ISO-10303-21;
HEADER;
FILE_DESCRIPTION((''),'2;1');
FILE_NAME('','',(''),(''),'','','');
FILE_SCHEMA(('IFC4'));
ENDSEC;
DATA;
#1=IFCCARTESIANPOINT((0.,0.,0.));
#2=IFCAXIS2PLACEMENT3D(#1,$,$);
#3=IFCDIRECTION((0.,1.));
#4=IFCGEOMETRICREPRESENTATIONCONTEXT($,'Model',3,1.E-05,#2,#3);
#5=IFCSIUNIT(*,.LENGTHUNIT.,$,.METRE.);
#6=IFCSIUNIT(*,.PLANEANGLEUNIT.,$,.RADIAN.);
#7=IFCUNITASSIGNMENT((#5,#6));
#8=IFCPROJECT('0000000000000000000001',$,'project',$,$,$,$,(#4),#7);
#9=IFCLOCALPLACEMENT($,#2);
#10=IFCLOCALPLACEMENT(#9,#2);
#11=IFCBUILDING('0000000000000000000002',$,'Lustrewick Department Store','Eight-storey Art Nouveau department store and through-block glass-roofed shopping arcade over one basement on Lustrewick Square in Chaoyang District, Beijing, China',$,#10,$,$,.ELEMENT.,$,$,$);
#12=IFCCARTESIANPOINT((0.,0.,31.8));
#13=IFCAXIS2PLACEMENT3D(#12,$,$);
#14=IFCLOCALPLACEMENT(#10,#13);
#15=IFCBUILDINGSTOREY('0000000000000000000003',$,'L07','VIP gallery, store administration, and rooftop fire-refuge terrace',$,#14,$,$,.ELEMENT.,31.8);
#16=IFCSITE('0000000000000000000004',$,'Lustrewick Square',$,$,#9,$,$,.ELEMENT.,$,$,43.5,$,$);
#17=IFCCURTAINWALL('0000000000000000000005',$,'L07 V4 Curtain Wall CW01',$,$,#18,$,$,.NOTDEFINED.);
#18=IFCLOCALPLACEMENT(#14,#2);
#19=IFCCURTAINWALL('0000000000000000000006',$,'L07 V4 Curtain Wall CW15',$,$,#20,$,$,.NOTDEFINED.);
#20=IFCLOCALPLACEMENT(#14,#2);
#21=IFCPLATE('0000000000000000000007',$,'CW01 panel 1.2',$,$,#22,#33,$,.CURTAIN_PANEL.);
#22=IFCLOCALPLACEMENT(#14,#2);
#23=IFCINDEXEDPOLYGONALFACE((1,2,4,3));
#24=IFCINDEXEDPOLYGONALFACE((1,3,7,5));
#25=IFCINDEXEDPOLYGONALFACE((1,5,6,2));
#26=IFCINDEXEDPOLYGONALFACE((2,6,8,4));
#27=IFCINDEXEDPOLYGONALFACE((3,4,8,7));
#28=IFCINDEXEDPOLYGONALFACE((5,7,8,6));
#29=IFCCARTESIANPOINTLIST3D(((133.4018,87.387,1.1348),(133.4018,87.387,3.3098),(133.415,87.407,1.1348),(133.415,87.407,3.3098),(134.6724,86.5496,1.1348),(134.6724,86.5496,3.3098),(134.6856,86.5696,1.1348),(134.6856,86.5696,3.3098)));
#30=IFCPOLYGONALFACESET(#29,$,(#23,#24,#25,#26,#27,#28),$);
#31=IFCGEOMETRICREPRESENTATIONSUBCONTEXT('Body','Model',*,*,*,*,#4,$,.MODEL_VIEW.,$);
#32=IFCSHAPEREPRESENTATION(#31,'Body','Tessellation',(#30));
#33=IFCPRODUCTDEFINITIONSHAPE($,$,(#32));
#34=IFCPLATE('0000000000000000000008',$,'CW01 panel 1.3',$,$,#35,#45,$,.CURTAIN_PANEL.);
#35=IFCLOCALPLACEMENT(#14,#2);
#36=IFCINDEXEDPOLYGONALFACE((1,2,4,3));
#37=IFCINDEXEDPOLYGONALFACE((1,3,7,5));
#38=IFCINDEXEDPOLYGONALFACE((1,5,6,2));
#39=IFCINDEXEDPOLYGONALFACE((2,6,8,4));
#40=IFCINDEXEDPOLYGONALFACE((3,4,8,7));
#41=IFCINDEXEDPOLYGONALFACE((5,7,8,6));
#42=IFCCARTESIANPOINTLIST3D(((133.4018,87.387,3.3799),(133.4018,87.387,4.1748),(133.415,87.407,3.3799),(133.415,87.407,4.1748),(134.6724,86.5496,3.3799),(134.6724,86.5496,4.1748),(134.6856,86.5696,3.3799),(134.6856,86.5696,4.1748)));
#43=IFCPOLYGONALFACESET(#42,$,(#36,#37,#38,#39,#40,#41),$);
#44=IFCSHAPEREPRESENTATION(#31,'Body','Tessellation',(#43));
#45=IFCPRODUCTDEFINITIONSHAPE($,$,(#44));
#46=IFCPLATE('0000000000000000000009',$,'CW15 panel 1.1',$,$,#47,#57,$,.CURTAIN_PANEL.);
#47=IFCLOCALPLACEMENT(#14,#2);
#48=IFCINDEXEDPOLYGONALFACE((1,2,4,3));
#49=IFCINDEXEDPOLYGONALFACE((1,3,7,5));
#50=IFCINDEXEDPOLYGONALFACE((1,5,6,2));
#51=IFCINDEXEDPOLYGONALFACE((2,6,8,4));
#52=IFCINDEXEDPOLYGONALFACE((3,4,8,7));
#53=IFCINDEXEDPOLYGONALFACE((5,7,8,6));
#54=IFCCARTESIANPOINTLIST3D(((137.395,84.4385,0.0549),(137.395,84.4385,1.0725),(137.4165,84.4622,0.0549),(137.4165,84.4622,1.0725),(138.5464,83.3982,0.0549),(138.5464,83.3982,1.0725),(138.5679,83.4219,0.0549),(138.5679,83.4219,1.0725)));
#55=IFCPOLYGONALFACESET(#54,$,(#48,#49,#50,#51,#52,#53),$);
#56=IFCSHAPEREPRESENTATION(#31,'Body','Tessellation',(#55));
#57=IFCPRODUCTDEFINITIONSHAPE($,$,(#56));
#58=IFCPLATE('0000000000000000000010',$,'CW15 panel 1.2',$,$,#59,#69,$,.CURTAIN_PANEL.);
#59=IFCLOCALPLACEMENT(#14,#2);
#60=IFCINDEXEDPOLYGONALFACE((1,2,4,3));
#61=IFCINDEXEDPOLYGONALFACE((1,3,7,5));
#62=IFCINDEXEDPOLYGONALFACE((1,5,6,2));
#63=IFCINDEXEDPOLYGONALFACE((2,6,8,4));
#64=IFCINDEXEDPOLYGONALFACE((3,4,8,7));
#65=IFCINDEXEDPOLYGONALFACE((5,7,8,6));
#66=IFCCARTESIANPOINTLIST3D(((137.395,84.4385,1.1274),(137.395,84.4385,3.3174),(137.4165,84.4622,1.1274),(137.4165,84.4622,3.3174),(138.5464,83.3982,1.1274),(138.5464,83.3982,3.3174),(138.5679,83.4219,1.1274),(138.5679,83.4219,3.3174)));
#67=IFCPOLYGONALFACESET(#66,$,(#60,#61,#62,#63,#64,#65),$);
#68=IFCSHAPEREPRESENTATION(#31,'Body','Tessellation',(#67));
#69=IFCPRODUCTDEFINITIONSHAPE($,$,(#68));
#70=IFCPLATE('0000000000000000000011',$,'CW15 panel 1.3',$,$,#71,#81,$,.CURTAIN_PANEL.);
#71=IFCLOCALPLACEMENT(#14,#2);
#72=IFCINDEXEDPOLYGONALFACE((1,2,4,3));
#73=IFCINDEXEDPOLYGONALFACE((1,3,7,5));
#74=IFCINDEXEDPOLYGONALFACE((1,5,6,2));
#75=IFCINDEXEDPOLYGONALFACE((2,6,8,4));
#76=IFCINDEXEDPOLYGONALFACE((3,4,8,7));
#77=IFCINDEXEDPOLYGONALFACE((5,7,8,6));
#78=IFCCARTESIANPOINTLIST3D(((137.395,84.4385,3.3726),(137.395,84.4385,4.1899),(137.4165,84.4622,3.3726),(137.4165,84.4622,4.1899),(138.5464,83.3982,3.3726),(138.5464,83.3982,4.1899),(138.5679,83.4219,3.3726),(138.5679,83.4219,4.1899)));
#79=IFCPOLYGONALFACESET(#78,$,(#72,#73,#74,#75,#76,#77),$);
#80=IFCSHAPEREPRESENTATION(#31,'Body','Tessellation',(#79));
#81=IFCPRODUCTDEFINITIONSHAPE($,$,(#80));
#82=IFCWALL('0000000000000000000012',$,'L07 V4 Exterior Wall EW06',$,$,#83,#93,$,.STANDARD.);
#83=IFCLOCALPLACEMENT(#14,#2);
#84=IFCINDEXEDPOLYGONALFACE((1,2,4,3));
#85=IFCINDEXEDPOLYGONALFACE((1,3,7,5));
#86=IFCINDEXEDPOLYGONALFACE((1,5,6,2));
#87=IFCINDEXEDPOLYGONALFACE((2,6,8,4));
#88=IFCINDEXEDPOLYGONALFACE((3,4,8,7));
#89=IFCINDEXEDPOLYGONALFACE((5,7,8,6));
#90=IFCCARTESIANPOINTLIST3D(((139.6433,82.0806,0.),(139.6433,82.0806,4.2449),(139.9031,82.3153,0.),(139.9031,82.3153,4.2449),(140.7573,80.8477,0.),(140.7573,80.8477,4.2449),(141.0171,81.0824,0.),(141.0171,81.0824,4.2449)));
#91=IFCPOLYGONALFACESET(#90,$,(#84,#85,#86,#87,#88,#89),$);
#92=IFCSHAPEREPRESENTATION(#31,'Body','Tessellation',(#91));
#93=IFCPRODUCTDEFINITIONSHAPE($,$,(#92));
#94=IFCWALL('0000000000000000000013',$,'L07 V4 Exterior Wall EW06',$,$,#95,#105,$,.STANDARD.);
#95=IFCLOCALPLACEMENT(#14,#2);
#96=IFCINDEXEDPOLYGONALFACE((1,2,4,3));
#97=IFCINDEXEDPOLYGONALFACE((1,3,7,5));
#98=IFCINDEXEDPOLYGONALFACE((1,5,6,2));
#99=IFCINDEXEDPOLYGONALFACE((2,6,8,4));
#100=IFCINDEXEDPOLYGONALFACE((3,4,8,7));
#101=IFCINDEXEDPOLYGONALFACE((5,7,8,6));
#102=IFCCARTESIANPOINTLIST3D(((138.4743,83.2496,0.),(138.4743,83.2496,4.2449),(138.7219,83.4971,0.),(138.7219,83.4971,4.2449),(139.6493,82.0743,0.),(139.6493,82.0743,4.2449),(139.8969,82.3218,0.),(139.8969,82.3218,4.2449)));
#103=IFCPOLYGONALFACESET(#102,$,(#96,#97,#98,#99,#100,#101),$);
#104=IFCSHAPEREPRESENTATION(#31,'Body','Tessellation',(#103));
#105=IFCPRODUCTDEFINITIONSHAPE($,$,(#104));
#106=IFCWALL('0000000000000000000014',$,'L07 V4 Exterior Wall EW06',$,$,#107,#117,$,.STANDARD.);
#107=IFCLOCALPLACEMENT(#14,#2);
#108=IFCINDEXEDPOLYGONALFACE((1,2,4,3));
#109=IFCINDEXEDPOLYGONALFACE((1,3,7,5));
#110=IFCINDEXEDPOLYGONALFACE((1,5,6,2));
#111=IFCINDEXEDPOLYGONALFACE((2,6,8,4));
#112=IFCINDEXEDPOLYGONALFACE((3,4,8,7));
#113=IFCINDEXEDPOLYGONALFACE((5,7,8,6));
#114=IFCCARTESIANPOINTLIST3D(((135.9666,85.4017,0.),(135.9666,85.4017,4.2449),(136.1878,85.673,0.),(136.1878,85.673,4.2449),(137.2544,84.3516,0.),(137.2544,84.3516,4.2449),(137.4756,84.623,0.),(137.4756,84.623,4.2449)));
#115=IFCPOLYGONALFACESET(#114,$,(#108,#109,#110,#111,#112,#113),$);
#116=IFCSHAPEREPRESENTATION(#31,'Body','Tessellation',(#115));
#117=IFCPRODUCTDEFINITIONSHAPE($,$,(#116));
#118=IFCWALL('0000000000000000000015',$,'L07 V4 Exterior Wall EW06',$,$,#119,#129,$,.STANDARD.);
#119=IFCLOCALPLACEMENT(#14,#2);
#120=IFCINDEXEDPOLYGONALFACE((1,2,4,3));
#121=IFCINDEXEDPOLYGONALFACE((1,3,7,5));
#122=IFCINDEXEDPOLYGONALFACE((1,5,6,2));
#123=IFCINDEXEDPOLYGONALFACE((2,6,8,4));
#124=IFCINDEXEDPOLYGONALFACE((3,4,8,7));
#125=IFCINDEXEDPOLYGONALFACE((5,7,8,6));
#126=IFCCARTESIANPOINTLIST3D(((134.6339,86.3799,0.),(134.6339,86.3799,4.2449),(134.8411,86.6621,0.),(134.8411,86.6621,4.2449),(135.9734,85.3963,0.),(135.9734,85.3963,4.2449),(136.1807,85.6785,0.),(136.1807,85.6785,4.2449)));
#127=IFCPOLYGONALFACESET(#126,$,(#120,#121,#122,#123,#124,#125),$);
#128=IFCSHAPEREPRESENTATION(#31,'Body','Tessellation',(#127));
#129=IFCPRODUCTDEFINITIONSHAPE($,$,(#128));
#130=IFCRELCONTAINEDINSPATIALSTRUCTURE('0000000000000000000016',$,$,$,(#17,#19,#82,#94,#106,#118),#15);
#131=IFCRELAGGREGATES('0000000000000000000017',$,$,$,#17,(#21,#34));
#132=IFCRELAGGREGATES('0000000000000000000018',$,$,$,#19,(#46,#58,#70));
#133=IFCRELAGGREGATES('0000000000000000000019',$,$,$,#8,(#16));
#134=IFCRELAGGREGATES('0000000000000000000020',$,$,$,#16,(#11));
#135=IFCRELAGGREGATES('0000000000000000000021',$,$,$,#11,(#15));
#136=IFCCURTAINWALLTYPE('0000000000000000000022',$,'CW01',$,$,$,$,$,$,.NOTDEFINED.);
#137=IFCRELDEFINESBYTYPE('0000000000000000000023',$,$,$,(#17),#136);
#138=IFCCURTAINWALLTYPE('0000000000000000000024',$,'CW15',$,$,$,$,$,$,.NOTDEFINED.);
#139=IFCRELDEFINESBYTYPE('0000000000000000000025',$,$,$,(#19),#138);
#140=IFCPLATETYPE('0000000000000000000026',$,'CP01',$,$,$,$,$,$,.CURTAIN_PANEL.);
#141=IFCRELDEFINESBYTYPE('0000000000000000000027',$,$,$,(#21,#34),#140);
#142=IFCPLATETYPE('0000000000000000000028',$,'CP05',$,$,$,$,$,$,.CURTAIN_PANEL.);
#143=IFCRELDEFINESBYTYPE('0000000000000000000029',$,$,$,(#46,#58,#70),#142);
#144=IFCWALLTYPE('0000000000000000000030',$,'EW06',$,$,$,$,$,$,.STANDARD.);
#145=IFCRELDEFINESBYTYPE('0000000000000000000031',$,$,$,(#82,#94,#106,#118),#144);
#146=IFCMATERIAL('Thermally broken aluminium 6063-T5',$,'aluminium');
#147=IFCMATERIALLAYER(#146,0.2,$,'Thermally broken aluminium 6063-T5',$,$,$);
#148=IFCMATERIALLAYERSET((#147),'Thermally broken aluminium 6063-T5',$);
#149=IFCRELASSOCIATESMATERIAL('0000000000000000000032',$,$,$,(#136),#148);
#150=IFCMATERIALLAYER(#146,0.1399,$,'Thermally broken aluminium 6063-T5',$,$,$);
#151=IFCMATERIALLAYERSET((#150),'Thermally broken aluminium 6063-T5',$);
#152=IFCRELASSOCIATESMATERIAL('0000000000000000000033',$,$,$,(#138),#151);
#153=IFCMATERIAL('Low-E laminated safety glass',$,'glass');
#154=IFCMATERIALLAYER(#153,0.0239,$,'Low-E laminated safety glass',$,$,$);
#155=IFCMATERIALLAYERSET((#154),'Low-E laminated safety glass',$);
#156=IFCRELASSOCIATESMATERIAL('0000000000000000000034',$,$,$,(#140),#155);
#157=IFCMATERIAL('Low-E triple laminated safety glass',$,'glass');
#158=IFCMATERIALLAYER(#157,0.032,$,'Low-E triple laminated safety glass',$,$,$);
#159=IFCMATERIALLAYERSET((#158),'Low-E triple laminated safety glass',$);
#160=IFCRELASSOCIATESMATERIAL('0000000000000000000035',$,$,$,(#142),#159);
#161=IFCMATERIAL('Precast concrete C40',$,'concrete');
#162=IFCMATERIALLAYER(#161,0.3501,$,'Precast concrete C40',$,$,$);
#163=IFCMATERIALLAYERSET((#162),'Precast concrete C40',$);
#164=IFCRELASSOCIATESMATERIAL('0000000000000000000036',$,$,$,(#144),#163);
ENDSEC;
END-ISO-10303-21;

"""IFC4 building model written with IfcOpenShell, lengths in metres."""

from ifc_helpers import new_model, si_unit, direction, frame, frame_2d, origin, origin_2d, place, context, subcontext, project, spatial, rectangle, extrude, material, layer, layer_set, type_object, element, aggregate, save


model = new_model("IFC4")

# Units and contexts
model_context = context("Model", 3, precision=1e-05, world=origin(), true_north=direction((0.0, 1.0)))
body_context = subcontext(model_context, "Body", "Model", "MODEL_VIEW")
ifc_project = project(units=[si_unit("LENGTHUNIT", "METRE"), si_unit("PLANEANGLEUNIT", "RADIAN")], contexts=[model_context])

# Site, building, storey
site_placement = place(None, origin())
site = spatial("IfcSite", under=ifc_project, at=site_placement, Name="Lustrewick Square", CompositionType="ELEMENT", RefElevation=43.5)
building_placement = place(site_placement, origin())
building = spatial("IfcBuilding", under=site, at=building_placement, Name="Lustrewick Department Store", Description="Eight-storey Art Nouveau department store and through-block glass-roofed shopping arcade over one basement on Lustrewick Square in Chaoyang District, Beijing, China", CompositionType="ELEMENT")
storey_placement = place(building_placement, frame((0.0, 0.0, 31.8)))
storey = spatial("IfcBuildingStorey", under=building, at=storey_placement, Name="L07", Description="VIP gallery, store administration, and rooftop fire-refuge terrace", CompositionType="ELEMENT", Elevation=31.8)

# Curtain walls
ifc_material_1 = material(Name="Thermally broken aluminium 6063-T5", Category="aluminium")
ifc_layer_1 = layer(ifc_material_1, 0.2, Name="Thermally broken aluminium 6063-T5")
ifc_layer_set_1 = layer_set([ifc_layer_1], Name="Thermally broken aluminium 6063-T5")
curtain_wall_type_1 = type_object("IfcCurtainWallType", Name="CW01", PredefinedType="NOTDEFINED", material=ifc_layer_set_1)
curtain_wall_1_placement = place(storey_placement, origin())
curtain_wall_1 = element("IfcCurtainWall", 1, at=curtain_wall_1_placement, inside=storey, type_object=curtain_wall_type_1, Name="L07 V4 Curtain Wall CW01", PredefinedType="NOTDEFINED")
ifc_layer_2 = layer(ifc_material_1, 0.1399, Name="Thermally broken aluminium 6063-T5")
ifc_layer_set_2 = layer_set([ifc_layer_2], Name="Thermally broken aluminium 6063-T5")
curtain_wall_type_2 = type_object("IfcCurtainWallType", Name="CW15", PredefinedType="NOTDEFINED", material=ifc_layer_set_2)
curtain_wall_2_placement = place(storey_placement, origin())
curtain_wall_2 = element("IfcCurtainWall", 2, at=curtain_wall_2_placement, inside=storey, type_object=curtain_wall_type_2, Name="L07 V4 Curtain Wall CW15", PredefinedType="NOTDEFINED")

# Plates
ifc_material_2 = material(Name="Low-E laminated safety glass", Category="glass")
ifc_layer_3 = layer(ifc_material_2, 0.0239, Name="Low-E laminated safety glass")
ifc_layer_set_3 = layer_set([ifc_layer_3], Name="Low-E laminated safety glass")
plate_type_1 = type_object("IfcPlateType", Name="CP01", PredefinedType="CURTAIN_PANEL", material=ifc_layer_set_3)
plate_1_placement = place(storey_placement, frame((134.0437, 86.9783, 1.1348), z_axis=(0.0, 0.0, 1.0), x_axis=(-0.834973, 0.55029, 0.0)))
plate_1 = element("IfcPlate", 3, at=plate_1_placement, type_object=plate_type_1, Name="CW01 panel 1.2", PredefinedType="CURTAIN_PANEL", context=body_context, shape_type="SweptSolid", body=[
    extrude(rectangle(XDim=1.5217, YDim=0.0239, at=origin_2d()), origin(), (0.0, 0.0, 1.0), 2.175),
])
plate_2_placement = place(storey_placement, frame((134.0437, 86.9783, 3.3799), z_axis=(0.0, 0.0, 1.0), x_axis=(-0.834973, 0.55029, 0.0)))
plate_2 = element("IfcPlate", 4, at=plate_2_placement, type_object=plate_type_1, Name="CW01 panel 1.3", PredefinedType="CURTAIN_PANEL", context=body_context, shape_type="SweptSolid", body=[
    extrude(rectangle(XDim=1.5217, YDim=0.0239, at=origin_2d()), origin(), (0.0, 0.0, 1.0), 0.7949),
])
aggregate(curtain_wall_1, [plate_1, plate_2])
ifc_material_3 = material(Name="Low-E triple laminated safety glass", Category="glass")
ifc_layer_4 = layer(ifc_material_3, 0.032, Name="Low-E triple laminated safety glass")
ifc_layer_set_4 = layer_set([ifc_layer_4], Name="Low-E triple laminated safety glass")
plate_type_2 = type_object("IfcPlateType", Name="CP05", PredefinedType="CURTAIN_PANEL", material=ifc_layer_set_4)
plate_3_placement = place(storey_placement, frame((137.9814, 83.9302, 0.0549), z_axis=(0.0, 0.0, 1.0), x_axis=(-0.742003, 0.670396, 0.0)))
plate_3 = element("IfcPlate", 5, at=plate_3_placement, type_object=plate_type_2, Name="CW15 panel 1.1", PredefinedType="CURTAIN_PANEL", context=body_context, shape_type="SweptSolid", body=[
    extrude(rectangle(XDim=1.5518, YDim=0.032, at=origin_2d()), origin(), (0.0, 0.0, 1.0), 1.0176),
])
plate_4_placement = place(storey_placement, frame((137.9814, 83.9302, 1.1274), z_axis=(0.0, 0.0, 1.0), x_axis=(-0.742003, 0.670396, 0.0)))
plate_4 = element("IfcPlate", 6, at=plate_4_placement, type_object=plate_type_2, Name="CW15 panel 1.2", PredefinedType="CURTAIN_PANEL", context=body_context, shape_type="SweptSolid", body=[
    extrude(rectangle(XDim=1.5518, YDim=0.032, at=origin_2d()), origin(), (0.0, 0.0, 1.0), 2.1899),
])
plate_5_placement = place(storey_placement, frame((137.9814, 83.9302, 3.3726), z_axis=(0.0, 0.0, 1.0), x_axis=(-0.742003, 0.670396, 0.0)))
plate_5 = element("IfcPlate", 7, at=plate_5_placement, type_object=plate_type_2, Name="CW15 panel 1.3", PredefinedType="CURTAIN_PANEL", context=body_context, shape_type="SweptSolid", body=[
    extrude(rectangle(XDim=1.5518, YDim=0.032, at=origin_2d()), origin(), (0.0, 0.0, 1.0), 0.8174),
])
aggregate(curtain_wall_2, [plate_3, plate_4, plate_5])

# Walls
ifc_material_4 = material(Name="Precast concrete C40", Category="concrete")
ifc_layer_5 = layer(ifc_material_4, 0.3501, Name="Precast concrete C40")
ifc_layer_set_5 = layer_set([ifc_layer_5], Name="Precast concrete C40")
wall_type = type_object("IfcWallType", Name="EW06", PredefinedType="STANDARD", material=ifc_layer_set_5)
wall_1_placement = place(storey_placement, frame((140.8872, 80.9651, 0.0), z_axis=(0.0, 0.0, 1.0), x_axis=(-0.670425, 0.741978, 0.0)))
element("IfcWall", 8, at=wall_1_placement, inside=storey, type_object=wall_type, Name="L07 V4 Exterior Wall EW06", PredefinedType="STANDARD", context=body_context, shape_type="SweptSolid", body=[
    extrude(rectangle(XDim=1.6616, YDim=0.3501, at=frame_2d((0.8308, 0.0))), origin(), (0.0, 0.0, 1.0), 4.2449),
])
wall_2_placement = place(storey_placement, frame((139.7732, 82.198, 0.0), z_axis=(0.0, 0.0, 1.0), x_axis=(-0.707033, 0.70718, 0.0)))
element("IfcWall", 9, at=wall_2_placement, inside=storey, type_object=wall_type, Name="L07 V4 Exterior Wall EW06", PredefinedType="STANDARD", context=body_context, shape_type="SweptSolid", body=[
    extrude(rectangle(XDim=1.6619, YDim=0.3501, at=frame_2d((0.8311, 0.0))), origin(), (0.0, 0.0, 1.0), 4.2449),
])
wall_3_placement = place(storey_placement, frame((137.365, 84.4873, 0.0), z_axis=(0.0, 0.0, 1.0), x_axis=(-0.77503, 0.631925, 0.0)))
element("IfcWall", 10, at=wall_3_placement, inside=storey, type_object=wall_type, Name="L07 V4 Exterior Wall EW06", PredefinedType="STANDARD", context=body_context, shape_type="SweptSolid", body=[
    extrude(rectangle(XDim=1.6616, YDim=0.3501, at=frame_2d((0.8308, 0.0))), origin(), (0.0, 0.0, 1.0), 4.2449),
])
wall_4_placement = place(storey_placement, frame((136.0771, 85.5374, 0.0), z_axis=(0.0, 0.0, 1.0), x_axis=(-0.806041, 0.59186, 0.0)))
element("IfcWall", 11, at=wall_4_placement, inside=storey, type_object=wall_type, Name="L07 V4 Exterior Wall EW06", PredefinedType="STANDARD", context=body_context, shape_type="SweptSolid", body=[
    extrude(rectangle(XDim=1.6619, YDim=0.3501, at=frame_2d((0.8311, 0.0))), origin(), (0.0, 0.0, 1.0), 4.2449),
])

save(model, "model.ifc")
